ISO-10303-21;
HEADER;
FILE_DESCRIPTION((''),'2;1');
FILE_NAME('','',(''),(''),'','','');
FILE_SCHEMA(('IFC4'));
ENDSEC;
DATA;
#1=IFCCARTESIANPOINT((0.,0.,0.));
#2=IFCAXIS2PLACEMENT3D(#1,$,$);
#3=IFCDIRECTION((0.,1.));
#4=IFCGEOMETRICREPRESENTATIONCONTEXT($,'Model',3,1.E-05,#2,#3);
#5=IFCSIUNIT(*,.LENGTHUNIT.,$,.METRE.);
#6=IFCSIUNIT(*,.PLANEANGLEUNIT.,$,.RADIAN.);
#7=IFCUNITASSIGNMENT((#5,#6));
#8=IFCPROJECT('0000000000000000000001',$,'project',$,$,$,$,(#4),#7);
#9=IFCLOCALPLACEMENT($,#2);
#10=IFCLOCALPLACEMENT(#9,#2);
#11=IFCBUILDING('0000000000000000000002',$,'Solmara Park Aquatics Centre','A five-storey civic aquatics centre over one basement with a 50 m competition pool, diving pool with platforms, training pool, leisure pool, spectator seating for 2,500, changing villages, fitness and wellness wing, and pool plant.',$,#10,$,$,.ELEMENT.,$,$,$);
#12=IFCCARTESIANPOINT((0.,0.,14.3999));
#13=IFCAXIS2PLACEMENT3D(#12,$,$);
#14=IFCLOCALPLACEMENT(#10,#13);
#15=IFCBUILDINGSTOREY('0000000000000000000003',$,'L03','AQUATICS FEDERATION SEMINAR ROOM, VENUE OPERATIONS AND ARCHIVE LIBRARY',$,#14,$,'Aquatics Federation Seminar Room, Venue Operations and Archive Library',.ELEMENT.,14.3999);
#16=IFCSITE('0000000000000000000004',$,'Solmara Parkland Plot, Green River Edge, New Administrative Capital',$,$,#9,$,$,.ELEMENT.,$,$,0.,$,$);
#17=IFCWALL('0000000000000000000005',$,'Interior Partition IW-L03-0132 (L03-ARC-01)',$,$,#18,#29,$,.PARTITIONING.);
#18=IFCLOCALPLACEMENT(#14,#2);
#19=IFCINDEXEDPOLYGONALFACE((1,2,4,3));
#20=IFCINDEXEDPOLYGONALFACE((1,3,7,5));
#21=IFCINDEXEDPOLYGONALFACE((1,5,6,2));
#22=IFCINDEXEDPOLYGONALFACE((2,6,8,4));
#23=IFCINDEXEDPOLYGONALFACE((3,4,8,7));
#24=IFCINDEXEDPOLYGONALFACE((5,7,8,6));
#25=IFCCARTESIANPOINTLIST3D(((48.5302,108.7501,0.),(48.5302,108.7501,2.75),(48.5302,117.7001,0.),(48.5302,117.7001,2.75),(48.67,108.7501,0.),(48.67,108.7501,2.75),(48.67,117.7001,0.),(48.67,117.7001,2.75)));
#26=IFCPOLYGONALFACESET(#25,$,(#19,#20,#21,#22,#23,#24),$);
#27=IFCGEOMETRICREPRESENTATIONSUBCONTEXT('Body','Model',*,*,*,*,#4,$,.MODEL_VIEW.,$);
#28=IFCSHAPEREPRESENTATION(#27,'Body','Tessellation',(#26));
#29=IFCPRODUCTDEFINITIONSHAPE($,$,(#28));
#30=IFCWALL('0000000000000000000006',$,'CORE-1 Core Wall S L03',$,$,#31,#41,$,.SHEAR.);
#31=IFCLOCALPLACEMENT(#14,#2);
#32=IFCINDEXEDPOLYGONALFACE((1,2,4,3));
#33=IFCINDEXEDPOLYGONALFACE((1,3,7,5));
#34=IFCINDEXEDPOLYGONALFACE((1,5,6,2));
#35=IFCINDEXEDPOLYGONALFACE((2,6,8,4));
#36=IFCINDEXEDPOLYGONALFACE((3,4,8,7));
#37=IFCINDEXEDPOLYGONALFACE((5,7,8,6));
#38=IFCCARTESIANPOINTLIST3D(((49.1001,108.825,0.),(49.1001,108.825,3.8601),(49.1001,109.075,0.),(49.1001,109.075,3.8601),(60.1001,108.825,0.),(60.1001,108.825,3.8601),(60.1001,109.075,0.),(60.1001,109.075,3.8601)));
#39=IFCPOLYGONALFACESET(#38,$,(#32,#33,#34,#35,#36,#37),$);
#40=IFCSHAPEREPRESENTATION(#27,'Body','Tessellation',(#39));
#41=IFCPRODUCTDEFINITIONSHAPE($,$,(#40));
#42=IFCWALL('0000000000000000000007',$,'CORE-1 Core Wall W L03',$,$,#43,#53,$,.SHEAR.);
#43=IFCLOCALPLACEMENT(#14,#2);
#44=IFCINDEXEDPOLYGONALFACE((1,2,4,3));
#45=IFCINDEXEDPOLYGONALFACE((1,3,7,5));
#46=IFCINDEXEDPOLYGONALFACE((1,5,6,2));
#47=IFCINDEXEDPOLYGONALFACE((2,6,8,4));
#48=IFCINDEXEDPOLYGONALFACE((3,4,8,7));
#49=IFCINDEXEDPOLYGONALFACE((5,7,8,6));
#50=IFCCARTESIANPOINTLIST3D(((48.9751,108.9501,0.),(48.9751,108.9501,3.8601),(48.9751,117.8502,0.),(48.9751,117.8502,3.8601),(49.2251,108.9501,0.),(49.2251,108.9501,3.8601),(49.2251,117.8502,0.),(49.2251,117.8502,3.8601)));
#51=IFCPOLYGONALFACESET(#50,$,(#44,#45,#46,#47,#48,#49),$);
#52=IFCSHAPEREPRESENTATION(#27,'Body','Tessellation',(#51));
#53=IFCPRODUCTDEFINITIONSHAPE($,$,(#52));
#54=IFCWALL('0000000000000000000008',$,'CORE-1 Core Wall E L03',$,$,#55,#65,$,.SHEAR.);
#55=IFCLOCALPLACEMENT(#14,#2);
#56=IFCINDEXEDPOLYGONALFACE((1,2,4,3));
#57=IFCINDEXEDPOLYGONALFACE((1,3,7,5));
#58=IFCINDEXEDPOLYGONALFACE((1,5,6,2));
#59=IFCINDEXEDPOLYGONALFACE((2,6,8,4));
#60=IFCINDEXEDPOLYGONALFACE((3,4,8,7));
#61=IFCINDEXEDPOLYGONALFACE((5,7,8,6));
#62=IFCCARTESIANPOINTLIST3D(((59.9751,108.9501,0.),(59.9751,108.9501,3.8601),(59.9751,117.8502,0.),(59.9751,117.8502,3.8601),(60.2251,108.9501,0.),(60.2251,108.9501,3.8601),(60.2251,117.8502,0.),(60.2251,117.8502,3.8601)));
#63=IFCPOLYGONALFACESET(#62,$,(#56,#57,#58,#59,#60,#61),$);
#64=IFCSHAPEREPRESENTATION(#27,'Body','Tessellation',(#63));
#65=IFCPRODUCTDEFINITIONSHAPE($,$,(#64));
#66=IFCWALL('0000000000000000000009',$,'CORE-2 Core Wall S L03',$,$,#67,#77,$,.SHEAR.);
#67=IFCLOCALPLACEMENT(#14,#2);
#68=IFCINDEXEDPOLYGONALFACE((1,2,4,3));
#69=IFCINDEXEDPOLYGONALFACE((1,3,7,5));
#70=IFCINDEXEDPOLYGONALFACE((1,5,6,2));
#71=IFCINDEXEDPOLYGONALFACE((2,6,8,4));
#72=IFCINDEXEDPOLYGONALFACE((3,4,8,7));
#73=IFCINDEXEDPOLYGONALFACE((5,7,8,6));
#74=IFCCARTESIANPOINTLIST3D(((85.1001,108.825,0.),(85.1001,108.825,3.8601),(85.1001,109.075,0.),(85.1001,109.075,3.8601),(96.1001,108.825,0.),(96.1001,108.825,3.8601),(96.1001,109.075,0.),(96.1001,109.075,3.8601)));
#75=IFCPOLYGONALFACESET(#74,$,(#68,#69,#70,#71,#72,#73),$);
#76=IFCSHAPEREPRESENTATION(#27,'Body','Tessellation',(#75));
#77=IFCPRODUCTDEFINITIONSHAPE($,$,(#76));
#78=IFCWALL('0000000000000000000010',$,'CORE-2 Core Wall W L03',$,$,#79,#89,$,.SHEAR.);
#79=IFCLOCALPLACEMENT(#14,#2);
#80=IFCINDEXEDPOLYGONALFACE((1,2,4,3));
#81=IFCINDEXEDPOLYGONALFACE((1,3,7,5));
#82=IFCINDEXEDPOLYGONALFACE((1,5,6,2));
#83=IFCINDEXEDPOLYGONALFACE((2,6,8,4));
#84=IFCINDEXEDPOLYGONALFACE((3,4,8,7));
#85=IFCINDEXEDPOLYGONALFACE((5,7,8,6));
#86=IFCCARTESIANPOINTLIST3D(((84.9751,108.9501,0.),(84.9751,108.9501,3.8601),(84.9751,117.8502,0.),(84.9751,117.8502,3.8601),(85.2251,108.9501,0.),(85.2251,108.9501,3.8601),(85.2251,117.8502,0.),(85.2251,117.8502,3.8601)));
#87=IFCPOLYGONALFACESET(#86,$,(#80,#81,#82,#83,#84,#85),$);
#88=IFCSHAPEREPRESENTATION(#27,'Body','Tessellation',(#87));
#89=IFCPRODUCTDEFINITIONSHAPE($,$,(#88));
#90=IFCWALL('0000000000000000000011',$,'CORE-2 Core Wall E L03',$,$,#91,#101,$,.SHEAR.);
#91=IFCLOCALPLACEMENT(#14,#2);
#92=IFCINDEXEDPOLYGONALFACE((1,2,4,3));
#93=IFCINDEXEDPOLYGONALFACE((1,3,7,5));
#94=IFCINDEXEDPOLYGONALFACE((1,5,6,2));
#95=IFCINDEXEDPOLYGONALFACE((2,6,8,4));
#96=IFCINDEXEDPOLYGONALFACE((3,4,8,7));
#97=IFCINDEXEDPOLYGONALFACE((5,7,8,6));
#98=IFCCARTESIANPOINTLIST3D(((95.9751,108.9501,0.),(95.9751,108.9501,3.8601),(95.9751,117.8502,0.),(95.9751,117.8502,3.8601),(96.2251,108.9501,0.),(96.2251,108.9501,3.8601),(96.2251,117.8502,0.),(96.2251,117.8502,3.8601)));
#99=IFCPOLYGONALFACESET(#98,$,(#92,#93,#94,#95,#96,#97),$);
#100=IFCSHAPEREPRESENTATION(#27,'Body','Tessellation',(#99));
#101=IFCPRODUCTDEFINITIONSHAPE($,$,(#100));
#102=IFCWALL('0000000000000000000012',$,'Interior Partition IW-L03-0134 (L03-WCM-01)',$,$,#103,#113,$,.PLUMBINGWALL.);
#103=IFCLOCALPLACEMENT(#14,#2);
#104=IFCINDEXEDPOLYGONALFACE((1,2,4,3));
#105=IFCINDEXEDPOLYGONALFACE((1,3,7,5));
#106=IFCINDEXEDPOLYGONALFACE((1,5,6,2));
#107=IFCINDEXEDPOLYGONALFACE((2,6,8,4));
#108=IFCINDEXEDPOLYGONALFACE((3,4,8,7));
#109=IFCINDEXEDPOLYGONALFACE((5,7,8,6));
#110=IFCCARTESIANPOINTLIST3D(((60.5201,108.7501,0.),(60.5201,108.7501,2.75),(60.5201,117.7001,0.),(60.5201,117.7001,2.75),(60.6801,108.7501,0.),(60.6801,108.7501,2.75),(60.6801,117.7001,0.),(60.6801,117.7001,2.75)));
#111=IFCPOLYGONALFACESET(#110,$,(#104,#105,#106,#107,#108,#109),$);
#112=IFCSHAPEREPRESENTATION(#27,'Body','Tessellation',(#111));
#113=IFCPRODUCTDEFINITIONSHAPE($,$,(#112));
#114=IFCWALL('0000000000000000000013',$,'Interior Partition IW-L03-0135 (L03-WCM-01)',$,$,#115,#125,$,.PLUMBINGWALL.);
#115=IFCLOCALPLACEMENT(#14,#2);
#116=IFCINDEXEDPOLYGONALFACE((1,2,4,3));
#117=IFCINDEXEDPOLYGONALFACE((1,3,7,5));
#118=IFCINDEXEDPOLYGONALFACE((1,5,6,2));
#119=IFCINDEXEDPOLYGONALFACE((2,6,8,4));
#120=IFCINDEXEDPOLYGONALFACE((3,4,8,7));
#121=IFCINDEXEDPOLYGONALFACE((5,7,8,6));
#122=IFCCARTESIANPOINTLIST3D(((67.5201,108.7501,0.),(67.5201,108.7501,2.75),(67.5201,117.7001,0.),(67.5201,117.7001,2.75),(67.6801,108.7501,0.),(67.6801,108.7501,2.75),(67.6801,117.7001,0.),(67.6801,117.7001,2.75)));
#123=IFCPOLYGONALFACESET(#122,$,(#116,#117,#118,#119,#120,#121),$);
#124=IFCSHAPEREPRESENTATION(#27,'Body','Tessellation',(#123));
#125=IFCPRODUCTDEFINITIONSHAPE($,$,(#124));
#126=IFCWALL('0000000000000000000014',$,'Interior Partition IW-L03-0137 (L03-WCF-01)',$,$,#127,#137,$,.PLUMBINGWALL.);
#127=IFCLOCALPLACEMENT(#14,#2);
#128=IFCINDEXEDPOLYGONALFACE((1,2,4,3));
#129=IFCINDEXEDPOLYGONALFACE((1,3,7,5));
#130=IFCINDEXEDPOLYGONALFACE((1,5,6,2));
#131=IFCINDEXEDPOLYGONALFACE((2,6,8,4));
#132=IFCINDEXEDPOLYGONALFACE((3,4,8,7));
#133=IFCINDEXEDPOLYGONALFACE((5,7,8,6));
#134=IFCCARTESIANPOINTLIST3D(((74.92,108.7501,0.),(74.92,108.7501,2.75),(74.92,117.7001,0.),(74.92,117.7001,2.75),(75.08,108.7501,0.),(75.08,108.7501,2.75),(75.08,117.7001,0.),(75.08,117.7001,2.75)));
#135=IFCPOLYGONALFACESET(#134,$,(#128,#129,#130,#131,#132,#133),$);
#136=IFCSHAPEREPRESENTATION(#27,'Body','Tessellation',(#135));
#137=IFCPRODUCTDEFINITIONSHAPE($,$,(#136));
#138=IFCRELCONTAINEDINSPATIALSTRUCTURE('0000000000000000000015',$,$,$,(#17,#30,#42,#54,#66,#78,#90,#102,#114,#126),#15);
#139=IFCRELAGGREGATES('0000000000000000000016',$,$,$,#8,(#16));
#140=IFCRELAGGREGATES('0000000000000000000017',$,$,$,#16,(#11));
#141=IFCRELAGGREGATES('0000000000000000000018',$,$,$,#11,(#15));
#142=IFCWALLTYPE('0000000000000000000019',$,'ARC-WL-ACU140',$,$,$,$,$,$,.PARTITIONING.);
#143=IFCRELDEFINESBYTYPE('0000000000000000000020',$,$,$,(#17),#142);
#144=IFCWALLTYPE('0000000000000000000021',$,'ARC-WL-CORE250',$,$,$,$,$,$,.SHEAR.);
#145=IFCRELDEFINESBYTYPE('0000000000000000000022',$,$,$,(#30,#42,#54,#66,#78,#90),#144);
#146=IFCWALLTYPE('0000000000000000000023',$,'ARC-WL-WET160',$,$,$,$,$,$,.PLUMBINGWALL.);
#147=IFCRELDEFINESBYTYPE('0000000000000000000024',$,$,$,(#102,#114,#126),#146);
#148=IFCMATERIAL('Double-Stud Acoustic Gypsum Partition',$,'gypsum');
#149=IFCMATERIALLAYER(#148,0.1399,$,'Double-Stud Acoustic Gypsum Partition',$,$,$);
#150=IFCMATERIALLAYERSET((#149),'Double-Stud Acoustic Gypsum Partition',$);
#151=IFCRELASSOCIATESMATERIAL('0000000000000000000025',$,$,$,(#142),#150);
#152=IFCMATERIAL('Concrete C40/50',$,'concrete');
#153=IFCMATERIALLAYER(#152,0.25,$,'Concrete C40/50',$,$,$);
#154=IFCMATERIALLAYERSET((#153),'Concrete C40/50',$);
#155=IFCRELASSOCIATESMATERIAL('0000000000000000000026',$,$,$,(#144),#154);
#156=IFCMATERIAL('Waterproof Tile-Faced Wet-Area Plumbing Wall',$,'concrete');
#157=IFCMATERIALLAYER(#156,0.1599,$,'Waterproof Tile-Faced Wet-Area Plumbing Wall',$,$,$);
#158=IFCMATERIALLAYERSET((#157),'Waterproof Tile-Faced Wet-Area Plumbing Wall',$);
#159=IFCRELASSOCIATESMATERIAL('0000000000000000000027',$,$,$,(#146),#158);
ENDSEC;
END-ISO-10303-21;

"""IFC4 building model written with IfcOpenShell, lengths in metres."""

from ifc_helpers import new_model, si_unit, direction, frame, frame_2d, origin, place, context, subcontext, project, spatial, rectangle, extrude, material, layer, layer_set, type_object, element, save


model = new_model("IFC4")

# Units and contexts
model_context = context("Model", 3, precision=1e-05, world=origin(), true_north=direction((0.0, 1.0)))
body_context = subcontext(model_context, "Body", "Model", "MODEL_VIEW")
ifc_project = project(units=[si_unit("LENGTHUNIT", "METRE"), si_unit("PLANEANGLEUNIT", "RADIAN")], contexts=[model_context])

# Site, building, storey
site_placement = place(None, origin())
site = spatial("IfcSite", under=ifc_project, at=site_placement, Name="Solmara Parkland Plot, Green River Edge, New Administrative Capital", CompositionType="ELEMENT", RefElevation=0.0)
building_placement = place(site_placement, origin())
building = spatial("IfcBuilding", under=site, at=building_placement, Name="Solmara Park Aquatics Centre", Description="A five-storey civic aquatics centre over one basement with a 50 m competition pool, diving pool with platforms, training pool, leisure pool, spectator seating for 2,500, changing villages, fitness and wellness wing, and pool plant.", CompositionType="ELEMENT")
storey_placement = place(building_placement, frame((0.0, 0.0, 14.3999)))
storey = spatial("IfcBuildingStorey", under=building, at=storey_placement, Name="L03", Description="AQUATICS FEDERATION SEMINAR ROOM, VENUE OPERATIONS AND ARCHIVE LIBRARY", LongName="Aquatics Federation Seminar Room, Venue Operations and Archive Library", CompositionType="ELEMENT", Elevation=14.3999)

# Walls
ifc_material_1 = material(Name="Double-Stud Acoustic Gypsum Partition", Category="gypsum")
ifc_layer_1 = layer(ifc_material_1, 0.1399, Name="Double-Stud Acoustic Gypsum Partition")
ifc_layer_set_1 = layer_set([ifc_layer_1], Name="Double-Stud Acoustic Gypsum Partition")
wall_type_1 = type_object("IfcWallType", Name="ARC-WL-ACU140", PredefinedType="PARTITIONING", material=ifc_layer_set_1)
wall_1_placement = place(storey_placement, frame((48.6001, 108.75, 0.0), z_axis=(0.0, 0.0, 1.0), x_axis=(0.0, 1.0, 0.0)))
element("IfcWall", 1, at=wall_1_placement, inside=storey, type_object=wall_type_1, Name="Interior Partition IW-L03-0132 (L03-ARC-01)", PredefinedType="PARTITIONING", context=body_context, shape_type="SweptSolid", body=[
    extrude(rectangle(XDim=8.95, YDim=0.1399, at=frame_2d((4.4751, 0.0))), origin(), (0.0, 0.0, 1.0), 2.75),
])
ifc_material_2 = material(Name="Concrete C40/50", Category="concrete")
ifc_layer_2 = layer(ifc_material_2, 0.25, Name="Concrete C40/50")
ifc_layer_set_2 = layer_set([ifc_layer_2], Name="Concrete C40/50")
wall_type_2 = type_object("IfcWallType", Name="ARC-WL-CORE250", PredefinedType="SHEAR", material=ifc_layer_set_2)
wall_2_placement = place(storey_placement, frame((49.1001, 108.95, 0.0), z_axis=(0.0, 0.0, 1.0), x_axis=(1.0, 0.0, 0.0)))
element("IfcWall", 2, at=wall_2_placement, inside=storey, type_object=wall_type_2, Name="CORE-1 Core Wall S L03", PredefinedType="SHEAR", context=body_context, shape_type="SweptSolid", body=[
    extrude(rectangle(XDim=11.0, YDim=0.25, at=frame_2d((5.5, 0.0))), origin(), (0.0, 0.0, 1.0), 3.8601),
])
for number, where, z_axis, x_axis, name in (
    (3, (49.1001, 108.95, 0.0), (0.0, 0.0, 1.0), (0.0, 1.0, 0.0), "CORE-1 Core Wall W L03"),
    (4, (60.1001, 108.95, 0.0), (0.0, 0.0, 1.0), (0.0, 1.0, 0.0), "CORE-1 Core Wall E L03"),
):
    element("IfcWall", number, at=place(storey_placement, frame(where, z_axis=z_axis, x_axis=x_axis)), inside=storey, type_object=wall_type_2, Name=name, PredefinedType="SHEAR", context=body_context, shape_type="SweptSolid", body=[
        extrude(rectangle(XDim=8.9001, YDim=0.25, at=frame_2d((4.4502, 0.0))), origin(), (0.0, 0.0, 1.0), 3.8601),
    ])
wall_3_placement = place(storey_placement, frame((85.1001, 108.95, 0.0), z_axis=(0.0, 0.0, 1.0), x_axis=(1.0, 0.0, 0.0)))
element("IfcWall", 5, at=wall_3_placement, inside=storey, type_object=wall_type_2, Name="CORE-2 Core Wall S L03", PredefinedType="SHEAR", context=body_context, shape_type="SweptSolid", body=[
    extrude(rectangle(XDim=11.0, YDim=0.25, at=frame_2d((5.5, 0.0))), origin(), (0.0, 0.0, 1.0), 3.8601),
])
for number, where, z_axis, x_axis, name in (
    (6, (85.1001, 108.95, 0.0), (0.0, 0.0, 1.0), (0.0, 1.0, 0.0), "CORE-2 Core Wall W L03"),
    (7, (96.1001, 108.95, 0.0), (0.0, 0.0, 1.0), (0.0, 1.0, 0.0), "CORE-2 Core Wall E L03"),
):
    element("IfcWall", number, at=place(storey_placement, frame(where, z_axis=z_axis, x_axis=x_axis)), inside=storey, type_object=wall_type_2, Name=name, PredefinedType="SHEAR", context=body_context, shape_type="SweptSolid", body=[
        extrude(rectangle(XDim=8.9001, YDim=0.25, at=frame_2d((4.4502, 0.0))), origin(), (0.0, 0.0, 1.0), 3.8601),
    ])
ifc_material_3 = material(Name="Waterproof Tile-Faced Wet-Area Plumbing Wall", Category="concrete")
ifc_layer_3 = layer(ifc_material_3, 0.1599, Name="Waterproof Tile-Faced Wet-Area Plumbing Wall")
ifc_layer_set_3 = layer_set([ifc_layer_3], Name="Waterproof Tile-Faced Wet-Area Plumbing Wall")
wall_type_3 = type_object("IfcWallType", Name="ARC-WL-WET160", PredefinedType="PLUMBINGWALL", material=ifc_layer_set_3)
for number, where, z_axis, x_axis, name in (
    (8, (60.6001, 108.75, 0.0), (0.0, 0.0, 1.0), (0.0, 1.0, 0.0), "Interior Partition IW-L03-0134 (L03-WCM-01)"),
    (9, (67.6001, 108.75, 0.0), (0.0, 0.0, 1.0), (0.0, 1.0, 0.0), "Interior Partition IW-L03-0135 (L03-WCM-01)"),
    (10, (75.0, 108.75, 0.0), (0.0, 0.0, 1.0), (0.0, 1.0, 0.0), "Interior Partition IW-L03-0137 (L03-WCF-01)"),
):
    element("IfcWall", number, at=place(storey_placement, frame(where, z_axis=z_axis, x_axis=x_axis)), inside=storey, type_object=wall_type_3, Name=name, PredefinedType="PLUMBINGWALL", context=body_context, shape_type="SweptSolid", body=[
        extrude(rectangle(XDim=8.95, YDim=0.1599, at=frame_2d((4.4751, 0.0))), origin(), (0.0, 0.0, 1.0), 2.75),
    ])

save(model, "model.ifc")
